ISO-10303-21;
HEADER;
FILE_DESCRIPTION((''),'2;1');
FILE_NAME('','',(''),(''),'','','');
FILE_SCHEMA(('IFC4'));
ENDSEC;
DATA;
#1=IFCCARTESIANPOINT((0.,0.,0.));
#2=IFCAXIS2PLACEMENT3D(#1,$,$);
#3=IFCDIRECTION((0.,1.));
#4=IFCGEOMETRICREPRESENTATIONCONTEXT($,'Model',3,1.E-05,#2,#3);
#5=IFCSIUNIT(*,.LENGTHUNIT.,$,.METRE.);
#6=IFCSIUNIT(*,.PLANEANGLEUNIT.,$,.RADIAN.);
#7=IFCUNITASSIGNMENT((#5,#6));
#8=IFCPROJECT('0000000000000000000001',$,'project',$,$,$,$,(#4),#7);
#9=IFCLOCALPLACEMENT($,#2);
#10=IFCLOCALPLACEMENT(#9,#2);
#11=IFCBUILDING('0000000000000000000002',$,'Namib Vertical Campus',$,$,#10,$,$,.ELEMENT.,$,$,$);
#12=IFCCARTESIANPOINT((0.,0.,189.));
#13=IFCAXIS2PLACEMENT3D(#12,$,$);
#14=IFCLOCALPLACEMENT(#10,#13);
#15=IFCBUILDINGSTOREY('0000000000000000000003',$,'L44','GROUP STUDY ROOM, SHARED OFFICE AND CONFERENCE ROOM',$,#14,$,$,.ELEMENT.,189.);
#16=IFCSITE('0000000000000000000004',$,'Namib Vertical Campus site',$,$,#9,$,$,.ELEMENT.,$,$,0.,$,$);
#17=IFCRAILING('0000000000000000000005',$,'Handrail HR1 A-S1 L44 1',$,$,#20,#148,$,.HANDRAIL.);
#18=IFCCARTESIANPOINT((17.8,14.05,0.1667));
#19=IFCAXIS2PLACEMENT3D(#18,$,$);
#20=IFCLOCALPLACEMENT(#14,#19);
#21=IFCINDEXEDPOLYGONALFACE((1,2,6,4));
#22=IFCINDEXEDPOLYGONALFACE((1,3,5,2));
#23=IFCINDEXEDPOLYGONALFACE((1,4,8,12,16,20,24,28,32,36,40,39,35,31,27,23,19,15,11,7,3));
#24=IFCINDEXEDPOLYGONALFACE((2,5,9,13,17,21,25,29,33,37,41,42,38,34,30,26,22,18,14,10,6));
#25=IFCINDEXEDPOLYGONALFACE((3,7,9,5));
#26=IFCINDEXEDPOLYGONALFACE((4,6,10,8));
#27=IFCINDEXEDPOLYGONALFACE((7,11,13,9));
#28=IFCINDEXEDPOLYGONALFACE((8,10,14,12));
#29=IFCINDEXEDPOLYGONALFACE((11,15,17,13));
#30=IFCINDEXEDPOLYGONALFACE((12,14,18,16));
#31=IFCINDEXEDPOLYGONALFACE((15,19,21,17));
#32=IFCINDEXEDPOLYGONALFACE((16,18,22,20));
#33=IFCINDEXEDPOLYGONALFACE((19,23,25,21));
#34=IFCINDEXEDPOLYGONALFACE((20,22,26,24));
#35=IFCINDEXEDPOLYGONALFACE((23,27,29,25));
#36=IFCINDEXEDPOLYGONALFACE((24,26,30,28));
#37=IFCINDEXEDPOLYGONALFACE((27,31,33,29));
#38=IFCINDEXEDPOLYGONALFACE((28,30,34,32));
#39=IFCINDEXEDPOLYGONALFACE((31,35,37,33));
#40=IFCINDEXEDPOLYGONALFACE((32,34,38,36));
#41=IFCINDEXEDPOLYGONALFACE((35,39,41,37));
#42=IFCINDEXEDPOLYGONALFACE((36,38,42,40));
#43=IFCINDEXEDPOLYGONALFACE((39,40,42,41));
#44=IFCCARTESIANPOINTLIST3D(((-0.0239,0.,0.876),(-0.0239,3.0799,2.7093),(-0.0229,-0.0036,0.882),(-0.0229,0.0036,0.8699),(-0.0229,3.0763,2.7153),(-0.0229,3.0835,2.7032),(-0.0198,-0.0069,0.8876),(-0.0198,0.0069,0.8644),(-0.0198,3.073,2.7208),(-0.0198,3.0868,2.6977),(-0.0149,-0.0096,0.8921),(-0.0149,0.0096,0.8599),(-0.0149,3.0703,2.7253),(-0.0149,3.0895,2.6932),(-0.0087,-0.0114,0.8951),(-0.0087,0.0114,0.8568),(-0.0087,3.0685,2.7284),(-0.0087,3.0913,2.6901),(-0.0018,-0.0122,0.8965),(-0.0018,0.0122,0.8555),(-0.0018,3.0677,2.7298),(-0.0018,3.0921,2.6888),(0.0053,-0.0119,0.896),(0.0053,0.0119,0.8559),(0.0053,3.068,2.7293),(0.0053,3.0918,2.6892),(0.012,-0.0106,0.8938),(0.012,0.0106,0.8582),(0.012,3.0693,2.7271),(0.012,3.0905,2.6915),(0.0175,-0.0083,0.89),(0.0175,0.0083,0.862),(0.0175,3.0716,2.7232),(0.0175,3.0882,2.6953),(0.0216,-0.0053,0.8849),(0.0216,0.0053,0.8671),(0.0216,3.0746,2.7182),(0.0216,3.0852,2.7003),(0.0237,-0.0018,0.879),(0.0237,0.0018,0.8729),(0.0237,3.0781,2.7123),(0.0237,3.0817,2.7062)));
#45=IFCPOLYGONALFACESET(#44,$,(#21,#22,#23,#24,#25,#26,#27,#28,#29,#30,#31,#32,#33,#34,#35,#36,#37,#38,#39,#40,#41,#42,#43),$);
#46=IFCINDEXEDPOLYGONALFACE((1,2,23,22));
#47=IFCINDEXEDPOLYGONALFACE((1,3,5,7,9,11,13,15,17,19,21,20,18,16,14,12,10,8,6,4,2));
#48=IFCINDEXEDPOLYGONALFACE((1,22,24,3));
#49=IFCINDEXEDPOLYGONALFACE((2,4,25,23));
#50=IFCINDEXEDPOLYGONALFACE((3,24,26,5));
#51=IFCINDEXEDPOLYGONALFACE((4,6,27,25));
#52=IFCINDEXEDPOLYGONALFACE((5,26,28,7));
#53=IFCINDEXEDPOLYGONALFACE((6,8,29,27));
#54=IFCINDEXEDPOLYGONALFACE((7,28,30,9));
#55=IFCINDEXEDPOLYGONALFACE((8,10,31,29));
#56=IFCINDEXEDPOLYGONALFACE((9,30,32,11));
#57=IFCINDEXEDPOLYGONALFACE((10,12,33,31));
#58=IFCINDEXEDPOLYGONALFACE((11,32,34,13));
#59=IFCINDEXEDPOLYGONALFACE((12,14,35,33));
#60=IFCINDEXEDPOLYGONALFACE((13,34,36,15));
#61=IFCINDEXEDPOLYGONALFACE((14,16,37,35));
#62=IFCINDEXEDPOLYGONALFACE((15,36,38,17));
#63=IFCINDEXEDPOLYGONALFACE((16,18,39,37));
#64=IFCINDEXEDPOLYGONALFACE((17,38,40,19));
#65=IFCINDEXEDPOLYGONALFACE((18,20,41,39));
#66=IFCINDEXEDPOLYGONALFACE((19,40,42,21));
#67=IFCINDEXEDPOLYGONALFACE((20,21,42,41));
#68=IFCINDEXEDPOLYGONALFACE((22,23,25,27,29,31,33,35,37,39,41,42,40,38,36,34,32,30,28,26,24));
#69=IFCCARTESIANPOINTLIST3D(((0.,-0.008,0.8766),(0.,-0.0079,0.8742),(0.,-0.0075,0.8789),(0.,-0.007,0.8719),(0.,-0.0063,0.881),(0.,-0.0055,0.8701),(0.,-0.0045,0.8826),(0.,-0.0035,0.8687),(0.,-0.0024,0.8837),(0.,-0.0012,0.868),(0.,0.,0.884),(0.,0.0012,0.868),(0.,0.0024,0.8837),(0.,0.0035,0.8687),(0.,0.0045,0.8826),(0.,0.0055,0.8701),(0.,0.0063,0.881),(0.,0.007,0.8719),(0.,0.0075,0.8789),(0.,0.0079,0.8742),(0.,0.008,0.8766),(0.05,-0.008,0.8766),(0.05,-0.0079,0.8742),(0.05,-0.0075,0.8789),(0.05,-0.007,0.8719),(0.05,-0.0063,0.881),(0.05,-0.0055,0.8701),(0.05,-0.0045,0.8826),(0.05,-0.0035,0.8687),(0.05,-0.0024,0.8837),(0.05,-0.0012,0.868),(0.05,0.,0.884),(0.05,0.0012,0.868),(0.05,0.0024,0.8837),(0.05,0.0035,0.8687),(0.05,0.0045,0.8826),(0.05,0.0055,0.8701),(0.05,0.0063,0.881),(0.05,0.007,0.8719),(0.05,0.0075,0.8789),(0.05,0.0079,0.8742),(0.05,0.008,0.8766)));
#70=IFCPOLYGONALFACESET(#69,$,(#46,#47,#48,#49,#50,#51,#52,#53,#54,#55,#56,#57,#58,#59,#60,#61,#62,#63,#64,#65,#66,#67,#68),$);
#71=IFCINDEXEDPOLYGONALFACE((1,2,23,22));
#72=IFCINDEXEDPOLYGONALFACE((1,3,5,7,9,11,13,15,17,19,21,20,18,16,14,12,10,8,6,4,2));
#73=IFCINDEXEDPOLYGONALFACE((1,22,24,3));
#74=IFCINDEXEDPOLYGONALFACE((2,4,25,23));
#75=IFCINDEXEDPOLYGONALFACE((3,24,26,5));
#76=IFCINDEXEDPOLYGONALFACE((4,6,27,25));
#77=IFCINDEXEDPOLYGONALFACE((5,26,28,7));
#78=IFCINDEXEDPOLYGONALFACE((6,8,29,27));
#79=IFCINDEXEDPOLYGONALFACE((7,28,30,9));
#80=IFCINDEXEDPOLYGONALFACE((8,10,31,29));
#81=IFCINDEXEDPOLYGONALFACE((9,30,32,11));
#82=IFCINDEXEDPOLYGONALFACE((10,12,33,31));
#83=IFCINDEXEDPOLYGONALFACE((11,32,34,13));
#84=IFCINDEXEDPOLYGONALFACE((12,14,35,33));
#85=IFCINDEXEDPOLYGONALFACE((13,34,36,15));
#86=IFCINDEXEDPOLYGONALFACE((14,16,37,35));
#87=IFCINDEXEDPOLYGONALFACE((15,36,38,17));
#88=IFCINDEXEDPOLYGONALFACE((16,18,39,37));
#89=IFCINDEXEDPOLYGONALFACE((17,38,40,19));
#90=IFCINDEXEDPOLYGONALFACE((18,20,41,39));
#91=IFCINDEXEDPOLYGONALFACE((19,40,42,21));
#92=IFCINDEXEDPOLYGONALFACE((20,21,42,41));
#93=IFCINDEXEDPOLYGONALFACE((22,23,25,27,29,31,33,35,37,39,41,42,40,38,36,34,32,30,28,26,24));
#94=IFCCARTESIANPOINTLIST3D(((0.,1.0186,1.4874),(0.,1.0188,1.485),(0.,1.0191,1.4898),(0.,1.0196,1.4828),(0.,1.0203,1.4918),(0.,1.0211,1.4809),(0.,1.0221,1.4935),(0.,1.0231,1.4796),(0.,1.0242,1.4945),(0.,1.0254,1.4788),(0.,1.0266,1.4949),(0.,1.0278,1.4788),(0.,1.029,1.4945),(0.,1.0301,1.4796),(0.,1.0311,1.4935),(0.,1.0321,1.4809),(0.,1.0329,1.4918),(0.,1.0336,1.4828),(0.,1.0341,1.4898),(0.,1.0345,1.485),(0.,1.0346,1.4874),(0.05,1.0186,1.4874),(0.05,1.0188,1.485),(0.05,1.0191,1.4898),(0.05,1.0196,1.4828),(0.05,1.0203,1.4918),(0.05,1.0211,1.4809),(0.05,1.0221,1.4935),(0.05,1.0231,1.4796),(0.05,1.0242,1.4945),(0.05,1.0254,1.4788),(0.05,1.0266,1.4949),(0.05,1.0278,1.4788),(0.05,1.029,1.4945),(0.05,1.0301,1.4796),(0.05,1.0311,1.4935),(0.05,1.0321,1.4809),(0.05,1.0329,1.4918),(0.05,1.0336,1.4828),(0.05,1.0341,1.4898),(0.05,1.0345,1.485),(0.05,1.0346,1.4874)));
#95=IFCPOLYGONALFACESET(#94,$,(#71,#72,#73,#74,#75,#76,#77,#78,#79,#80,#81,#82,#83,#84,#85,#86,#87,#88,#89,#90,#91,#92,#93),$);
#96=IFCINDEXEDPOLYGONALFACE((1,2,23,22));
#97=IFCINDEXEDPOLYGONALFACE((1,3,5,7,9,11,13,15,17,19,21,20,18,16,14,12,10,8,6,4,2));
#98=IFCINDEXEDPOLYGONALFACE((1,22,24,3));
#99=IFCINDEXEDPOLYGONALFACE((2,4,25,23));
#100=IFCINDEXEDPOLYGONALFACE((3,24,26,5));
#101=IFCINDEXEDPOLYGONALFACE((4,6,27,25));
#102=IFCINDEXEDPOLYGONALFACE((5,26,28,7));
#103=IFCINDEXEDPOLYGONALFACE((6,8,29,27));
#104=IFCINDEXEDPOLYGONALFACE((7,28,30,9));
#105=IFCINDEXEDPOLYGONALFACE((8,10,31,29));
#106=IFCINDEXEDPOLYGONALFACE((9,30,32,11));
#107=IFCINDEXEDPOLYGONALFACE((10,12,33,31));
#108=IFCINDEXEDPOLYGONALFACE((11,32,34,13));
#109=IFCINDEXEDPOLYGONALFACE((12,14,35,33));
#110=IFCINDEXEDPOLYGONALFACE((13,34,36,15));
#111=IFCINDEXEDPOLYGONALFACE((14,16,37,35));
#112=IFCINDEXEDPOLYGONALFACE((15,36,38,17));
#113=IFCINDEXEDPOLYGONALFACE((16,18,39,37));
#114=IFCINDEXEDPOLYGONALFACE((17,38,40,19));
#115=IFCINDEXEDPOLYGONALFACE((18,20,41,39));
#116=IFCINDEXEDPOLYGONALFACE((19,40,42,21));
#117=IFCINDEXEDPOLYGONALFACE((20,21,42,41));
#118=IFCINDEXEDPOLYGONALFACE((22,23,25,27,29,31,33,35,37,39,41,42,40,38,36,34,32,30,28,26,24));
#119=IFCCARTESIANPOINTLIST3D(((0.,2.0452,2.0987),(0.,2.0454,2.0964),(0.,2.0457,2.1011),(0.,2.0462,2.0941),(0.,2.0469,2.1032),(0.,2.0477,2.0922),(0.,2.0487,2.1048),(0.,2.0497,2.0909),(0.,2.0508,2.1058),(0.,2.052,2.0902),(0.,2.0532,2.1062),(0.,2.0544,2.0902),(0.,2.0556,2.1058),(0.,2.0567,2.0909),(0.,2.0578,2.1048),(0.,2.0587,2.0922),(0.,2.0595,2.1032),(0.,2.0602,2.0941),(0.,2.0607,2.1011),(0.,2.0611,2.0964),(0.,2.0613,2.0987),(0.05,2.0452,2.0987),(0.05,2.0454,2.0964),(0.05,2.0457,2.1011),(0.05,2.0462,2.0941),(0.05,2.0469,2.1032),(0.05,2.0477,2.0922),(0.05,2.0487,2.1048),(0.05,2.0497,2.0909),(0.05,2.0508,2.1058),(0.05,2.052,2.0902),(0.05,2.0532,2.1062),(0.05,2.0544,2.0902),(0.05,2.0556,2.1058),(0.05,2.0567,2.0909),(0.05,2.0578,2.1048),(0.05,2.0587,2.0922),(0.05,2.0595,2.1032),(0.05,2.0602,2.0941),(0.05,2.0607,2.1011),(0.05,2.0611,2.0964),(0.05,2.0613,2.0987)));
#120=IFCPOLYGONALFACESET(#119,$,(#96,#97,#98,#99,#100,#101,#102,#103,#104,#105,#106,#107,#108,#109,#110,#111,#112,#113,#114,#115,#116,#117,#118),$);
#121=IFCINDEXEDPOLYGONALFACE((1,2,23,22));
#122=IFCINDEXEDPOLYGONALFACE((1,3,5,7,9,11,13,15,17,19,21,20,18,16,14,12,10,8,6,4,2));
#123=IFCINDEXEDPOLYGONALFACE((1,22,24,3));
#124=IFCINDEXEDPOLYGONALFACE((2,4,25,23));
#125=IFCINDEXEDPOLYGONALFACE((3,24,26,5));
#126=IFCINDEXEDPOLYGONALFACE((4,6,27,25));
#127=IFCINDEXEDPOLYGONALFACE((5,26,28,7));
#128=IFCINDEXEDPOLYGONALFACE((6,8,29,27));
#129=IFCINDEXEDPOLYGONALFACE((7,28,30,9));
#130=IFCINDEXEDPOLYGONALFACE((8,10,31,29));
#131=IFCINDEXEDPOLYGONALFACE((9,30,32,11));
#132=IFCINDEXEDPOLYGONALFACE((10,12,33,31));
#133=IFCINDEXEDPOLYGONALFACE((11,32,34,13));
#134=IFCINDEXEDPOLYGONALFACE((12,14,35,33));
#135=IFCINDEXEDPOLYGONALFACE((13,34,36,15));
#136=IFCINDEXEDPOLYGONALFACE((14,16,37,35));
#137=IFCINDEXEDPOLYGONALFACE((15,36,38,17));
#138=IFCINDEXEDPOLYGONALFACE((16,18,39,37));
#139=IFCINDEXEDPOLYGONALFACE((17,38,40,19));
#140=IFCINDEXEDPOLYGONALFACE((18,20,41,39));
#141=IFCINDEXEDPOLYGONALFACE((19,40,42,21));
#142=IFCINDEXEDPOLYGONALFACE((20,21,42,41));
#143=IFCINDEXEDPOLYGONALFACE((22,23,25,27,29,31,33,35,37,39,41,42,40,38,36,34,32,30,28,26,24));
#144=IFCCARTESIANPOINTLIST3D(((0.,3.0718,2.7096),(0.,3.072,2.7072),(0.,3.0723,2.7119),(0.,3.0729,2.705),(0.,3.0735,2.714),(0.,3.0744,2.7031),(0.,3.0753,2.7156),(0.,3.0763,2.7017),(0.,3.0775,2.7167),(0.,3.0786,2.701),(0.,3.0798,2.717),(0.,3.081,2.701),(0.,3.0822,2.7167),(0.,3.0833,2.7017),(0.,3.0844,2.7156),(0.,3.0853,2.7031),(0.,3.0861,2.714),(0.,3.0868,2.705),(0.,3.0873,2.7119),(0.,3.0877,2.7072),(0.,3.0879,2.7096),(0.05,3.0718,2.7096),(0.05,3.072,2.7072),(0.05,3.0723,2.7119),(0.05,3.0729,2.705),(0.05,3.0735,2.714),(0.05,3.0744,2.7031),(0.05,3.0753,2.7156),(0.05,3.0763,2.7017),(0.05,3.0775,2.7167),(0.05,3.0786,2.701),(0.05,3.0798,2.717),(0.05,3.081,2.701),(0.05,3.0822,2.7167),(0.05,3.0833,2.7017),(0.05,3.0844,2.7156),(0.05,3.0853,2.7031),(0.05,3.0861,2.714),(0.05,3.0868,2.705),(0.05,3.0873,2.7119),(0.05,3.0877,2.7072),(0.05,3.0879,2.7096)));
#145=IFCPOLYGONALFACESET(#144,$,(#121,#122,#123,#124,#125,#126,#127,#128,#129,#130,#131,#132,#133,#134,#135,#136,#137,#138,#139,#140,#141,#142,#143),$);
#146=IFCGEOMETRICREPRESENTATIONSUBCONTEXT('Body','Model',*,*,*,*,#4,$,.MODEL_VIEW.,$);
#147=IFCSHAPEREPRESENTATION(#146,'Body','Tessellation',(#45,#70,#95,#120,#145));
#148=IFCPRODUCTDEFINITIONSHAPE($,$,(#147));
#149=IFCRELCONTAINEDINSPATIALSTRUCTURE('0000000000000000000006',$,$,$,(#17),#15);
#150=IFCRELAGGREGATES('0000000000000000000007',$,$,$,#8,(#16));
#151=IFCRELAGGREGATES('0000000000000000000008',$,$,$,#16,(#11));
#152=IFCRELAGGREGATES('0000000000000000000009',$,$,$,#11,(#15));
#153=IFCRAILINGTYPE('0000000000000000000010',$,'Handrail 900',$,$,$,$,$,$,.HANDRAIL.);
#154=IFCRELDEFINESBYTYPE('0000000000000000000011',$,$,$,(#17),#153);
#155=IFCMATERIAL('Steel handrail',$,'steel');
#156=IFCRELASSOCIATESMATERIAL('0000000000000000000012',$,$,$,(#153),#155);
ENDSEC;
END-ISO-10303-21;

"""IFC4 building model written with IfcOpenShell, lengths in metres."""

from ifc_helpers import new_model, si_unit, direction, frame, origin, origin_2d, place, context, subcontext, project, spatial, circle, extrude, material, type_object, element, save


model = new_model("IFC4")

# Units and contexts
model_context = context("Model", 3, precision=1e-05, world=origin(), true_north=direction((0.0, 1.0)))
body_context = subcontext(model_context, "Body", "Model", "MODEL_VIEW")
ifc_project = project(units=[si_unit("LENGTHUNIT", "METRE"), si_unit("PLANEANGLEUNIT", "RADIAN")], contexts=[model_context])

# Site, building, storey
site_placement = place(None, origin())
site = spatial("IfcSite", under=ifc_project, at=site_placement, Name="Namib Vertical Campus site", CompositionType="ELEMENT", RefElevation=0.0)
building_placement = place(site_placement, origin())
building = spatial("IfcBuilding", under=site, at=building_placement, Name="Namib Vertical Campus", CompositionType="ELEMENT")
storey_placement = place(building_placement, frame((0.0, 0.0, 189.0)))
storey = spatial("IfcBuildingStorey", under=building, at=storey_placement, Name="L44", Description="GROUP STUDY ROOM, SHARED OFFICE AND CONFERENCE ROOM", CompositionType="ELEMENT", Elevation=189.0)

# Railing
ifc_material_1 = material(Name="Steel handrail", Category="steel")
railing_type_1 = type_object("IfcRailingType", Name="Handrail 900", PredefinedType="HANDRAIL", material=ifc_material_1)
railing_1_placement = place(storey_placement, frame((17.8, 14.05, 0.1667)))
element("IfcRailing", 1, at=railing_1_placement, inside=storey, type_object=railing_type_1, Name="Handrail HR1 A-S1 L44 1", PredefinedType="HANDRAIL", context=body_context, shape_type="SweptSolid", body=[
    extrude(circle(Radius=0.0239, at=origin_2d()), frame((0.0, 0.0, 0.876), z_axis=(0.0, 0.859291, 0.511487), x_axis=(-1.0, 0.0, 0.0)), (0.0, 0.0, 1.0), 3.5842),
    extrude(circle(Radius=0.0081, at=origin_2d()), frame((0.0, 0.0, 0.876), z_axis=(1.0, 0.0, 0.0), x_axis=(0.0, 0.0, 1.0)), (0.0, 0.0, 1.0), 0.05),
    extrude(circle(Radius=0.0081, at=origin_2d()), frame((0.0, 1.0266, 1.4868), z_axis=(1.0, 0.0, 0.0), x_axis=(0.0, 0.0, 1.0)), (0.0, 0.0, 1.0), 0.05),
    extrude(circle(Radius=0.0081, at=origin_2d()), frame((0.0, 2.0532, 2.0981), z_axis=(1.0, 0.0, 0.0), x_axis=(0.0, 0.0, 1.0)), (0.0, 0.0, 1.0), 0.05),
    extrude(circle(Radius=0.0081, at=origin_2d()), frame((0.0, 3.0798, 2.709), z_axis=(1.0, 0.0, 0.0), x_axis=(0.0, 0.0, 1.0)), (0.0, 0.0, 1.0), 0.05),
])

save(model, "model.ifc")
